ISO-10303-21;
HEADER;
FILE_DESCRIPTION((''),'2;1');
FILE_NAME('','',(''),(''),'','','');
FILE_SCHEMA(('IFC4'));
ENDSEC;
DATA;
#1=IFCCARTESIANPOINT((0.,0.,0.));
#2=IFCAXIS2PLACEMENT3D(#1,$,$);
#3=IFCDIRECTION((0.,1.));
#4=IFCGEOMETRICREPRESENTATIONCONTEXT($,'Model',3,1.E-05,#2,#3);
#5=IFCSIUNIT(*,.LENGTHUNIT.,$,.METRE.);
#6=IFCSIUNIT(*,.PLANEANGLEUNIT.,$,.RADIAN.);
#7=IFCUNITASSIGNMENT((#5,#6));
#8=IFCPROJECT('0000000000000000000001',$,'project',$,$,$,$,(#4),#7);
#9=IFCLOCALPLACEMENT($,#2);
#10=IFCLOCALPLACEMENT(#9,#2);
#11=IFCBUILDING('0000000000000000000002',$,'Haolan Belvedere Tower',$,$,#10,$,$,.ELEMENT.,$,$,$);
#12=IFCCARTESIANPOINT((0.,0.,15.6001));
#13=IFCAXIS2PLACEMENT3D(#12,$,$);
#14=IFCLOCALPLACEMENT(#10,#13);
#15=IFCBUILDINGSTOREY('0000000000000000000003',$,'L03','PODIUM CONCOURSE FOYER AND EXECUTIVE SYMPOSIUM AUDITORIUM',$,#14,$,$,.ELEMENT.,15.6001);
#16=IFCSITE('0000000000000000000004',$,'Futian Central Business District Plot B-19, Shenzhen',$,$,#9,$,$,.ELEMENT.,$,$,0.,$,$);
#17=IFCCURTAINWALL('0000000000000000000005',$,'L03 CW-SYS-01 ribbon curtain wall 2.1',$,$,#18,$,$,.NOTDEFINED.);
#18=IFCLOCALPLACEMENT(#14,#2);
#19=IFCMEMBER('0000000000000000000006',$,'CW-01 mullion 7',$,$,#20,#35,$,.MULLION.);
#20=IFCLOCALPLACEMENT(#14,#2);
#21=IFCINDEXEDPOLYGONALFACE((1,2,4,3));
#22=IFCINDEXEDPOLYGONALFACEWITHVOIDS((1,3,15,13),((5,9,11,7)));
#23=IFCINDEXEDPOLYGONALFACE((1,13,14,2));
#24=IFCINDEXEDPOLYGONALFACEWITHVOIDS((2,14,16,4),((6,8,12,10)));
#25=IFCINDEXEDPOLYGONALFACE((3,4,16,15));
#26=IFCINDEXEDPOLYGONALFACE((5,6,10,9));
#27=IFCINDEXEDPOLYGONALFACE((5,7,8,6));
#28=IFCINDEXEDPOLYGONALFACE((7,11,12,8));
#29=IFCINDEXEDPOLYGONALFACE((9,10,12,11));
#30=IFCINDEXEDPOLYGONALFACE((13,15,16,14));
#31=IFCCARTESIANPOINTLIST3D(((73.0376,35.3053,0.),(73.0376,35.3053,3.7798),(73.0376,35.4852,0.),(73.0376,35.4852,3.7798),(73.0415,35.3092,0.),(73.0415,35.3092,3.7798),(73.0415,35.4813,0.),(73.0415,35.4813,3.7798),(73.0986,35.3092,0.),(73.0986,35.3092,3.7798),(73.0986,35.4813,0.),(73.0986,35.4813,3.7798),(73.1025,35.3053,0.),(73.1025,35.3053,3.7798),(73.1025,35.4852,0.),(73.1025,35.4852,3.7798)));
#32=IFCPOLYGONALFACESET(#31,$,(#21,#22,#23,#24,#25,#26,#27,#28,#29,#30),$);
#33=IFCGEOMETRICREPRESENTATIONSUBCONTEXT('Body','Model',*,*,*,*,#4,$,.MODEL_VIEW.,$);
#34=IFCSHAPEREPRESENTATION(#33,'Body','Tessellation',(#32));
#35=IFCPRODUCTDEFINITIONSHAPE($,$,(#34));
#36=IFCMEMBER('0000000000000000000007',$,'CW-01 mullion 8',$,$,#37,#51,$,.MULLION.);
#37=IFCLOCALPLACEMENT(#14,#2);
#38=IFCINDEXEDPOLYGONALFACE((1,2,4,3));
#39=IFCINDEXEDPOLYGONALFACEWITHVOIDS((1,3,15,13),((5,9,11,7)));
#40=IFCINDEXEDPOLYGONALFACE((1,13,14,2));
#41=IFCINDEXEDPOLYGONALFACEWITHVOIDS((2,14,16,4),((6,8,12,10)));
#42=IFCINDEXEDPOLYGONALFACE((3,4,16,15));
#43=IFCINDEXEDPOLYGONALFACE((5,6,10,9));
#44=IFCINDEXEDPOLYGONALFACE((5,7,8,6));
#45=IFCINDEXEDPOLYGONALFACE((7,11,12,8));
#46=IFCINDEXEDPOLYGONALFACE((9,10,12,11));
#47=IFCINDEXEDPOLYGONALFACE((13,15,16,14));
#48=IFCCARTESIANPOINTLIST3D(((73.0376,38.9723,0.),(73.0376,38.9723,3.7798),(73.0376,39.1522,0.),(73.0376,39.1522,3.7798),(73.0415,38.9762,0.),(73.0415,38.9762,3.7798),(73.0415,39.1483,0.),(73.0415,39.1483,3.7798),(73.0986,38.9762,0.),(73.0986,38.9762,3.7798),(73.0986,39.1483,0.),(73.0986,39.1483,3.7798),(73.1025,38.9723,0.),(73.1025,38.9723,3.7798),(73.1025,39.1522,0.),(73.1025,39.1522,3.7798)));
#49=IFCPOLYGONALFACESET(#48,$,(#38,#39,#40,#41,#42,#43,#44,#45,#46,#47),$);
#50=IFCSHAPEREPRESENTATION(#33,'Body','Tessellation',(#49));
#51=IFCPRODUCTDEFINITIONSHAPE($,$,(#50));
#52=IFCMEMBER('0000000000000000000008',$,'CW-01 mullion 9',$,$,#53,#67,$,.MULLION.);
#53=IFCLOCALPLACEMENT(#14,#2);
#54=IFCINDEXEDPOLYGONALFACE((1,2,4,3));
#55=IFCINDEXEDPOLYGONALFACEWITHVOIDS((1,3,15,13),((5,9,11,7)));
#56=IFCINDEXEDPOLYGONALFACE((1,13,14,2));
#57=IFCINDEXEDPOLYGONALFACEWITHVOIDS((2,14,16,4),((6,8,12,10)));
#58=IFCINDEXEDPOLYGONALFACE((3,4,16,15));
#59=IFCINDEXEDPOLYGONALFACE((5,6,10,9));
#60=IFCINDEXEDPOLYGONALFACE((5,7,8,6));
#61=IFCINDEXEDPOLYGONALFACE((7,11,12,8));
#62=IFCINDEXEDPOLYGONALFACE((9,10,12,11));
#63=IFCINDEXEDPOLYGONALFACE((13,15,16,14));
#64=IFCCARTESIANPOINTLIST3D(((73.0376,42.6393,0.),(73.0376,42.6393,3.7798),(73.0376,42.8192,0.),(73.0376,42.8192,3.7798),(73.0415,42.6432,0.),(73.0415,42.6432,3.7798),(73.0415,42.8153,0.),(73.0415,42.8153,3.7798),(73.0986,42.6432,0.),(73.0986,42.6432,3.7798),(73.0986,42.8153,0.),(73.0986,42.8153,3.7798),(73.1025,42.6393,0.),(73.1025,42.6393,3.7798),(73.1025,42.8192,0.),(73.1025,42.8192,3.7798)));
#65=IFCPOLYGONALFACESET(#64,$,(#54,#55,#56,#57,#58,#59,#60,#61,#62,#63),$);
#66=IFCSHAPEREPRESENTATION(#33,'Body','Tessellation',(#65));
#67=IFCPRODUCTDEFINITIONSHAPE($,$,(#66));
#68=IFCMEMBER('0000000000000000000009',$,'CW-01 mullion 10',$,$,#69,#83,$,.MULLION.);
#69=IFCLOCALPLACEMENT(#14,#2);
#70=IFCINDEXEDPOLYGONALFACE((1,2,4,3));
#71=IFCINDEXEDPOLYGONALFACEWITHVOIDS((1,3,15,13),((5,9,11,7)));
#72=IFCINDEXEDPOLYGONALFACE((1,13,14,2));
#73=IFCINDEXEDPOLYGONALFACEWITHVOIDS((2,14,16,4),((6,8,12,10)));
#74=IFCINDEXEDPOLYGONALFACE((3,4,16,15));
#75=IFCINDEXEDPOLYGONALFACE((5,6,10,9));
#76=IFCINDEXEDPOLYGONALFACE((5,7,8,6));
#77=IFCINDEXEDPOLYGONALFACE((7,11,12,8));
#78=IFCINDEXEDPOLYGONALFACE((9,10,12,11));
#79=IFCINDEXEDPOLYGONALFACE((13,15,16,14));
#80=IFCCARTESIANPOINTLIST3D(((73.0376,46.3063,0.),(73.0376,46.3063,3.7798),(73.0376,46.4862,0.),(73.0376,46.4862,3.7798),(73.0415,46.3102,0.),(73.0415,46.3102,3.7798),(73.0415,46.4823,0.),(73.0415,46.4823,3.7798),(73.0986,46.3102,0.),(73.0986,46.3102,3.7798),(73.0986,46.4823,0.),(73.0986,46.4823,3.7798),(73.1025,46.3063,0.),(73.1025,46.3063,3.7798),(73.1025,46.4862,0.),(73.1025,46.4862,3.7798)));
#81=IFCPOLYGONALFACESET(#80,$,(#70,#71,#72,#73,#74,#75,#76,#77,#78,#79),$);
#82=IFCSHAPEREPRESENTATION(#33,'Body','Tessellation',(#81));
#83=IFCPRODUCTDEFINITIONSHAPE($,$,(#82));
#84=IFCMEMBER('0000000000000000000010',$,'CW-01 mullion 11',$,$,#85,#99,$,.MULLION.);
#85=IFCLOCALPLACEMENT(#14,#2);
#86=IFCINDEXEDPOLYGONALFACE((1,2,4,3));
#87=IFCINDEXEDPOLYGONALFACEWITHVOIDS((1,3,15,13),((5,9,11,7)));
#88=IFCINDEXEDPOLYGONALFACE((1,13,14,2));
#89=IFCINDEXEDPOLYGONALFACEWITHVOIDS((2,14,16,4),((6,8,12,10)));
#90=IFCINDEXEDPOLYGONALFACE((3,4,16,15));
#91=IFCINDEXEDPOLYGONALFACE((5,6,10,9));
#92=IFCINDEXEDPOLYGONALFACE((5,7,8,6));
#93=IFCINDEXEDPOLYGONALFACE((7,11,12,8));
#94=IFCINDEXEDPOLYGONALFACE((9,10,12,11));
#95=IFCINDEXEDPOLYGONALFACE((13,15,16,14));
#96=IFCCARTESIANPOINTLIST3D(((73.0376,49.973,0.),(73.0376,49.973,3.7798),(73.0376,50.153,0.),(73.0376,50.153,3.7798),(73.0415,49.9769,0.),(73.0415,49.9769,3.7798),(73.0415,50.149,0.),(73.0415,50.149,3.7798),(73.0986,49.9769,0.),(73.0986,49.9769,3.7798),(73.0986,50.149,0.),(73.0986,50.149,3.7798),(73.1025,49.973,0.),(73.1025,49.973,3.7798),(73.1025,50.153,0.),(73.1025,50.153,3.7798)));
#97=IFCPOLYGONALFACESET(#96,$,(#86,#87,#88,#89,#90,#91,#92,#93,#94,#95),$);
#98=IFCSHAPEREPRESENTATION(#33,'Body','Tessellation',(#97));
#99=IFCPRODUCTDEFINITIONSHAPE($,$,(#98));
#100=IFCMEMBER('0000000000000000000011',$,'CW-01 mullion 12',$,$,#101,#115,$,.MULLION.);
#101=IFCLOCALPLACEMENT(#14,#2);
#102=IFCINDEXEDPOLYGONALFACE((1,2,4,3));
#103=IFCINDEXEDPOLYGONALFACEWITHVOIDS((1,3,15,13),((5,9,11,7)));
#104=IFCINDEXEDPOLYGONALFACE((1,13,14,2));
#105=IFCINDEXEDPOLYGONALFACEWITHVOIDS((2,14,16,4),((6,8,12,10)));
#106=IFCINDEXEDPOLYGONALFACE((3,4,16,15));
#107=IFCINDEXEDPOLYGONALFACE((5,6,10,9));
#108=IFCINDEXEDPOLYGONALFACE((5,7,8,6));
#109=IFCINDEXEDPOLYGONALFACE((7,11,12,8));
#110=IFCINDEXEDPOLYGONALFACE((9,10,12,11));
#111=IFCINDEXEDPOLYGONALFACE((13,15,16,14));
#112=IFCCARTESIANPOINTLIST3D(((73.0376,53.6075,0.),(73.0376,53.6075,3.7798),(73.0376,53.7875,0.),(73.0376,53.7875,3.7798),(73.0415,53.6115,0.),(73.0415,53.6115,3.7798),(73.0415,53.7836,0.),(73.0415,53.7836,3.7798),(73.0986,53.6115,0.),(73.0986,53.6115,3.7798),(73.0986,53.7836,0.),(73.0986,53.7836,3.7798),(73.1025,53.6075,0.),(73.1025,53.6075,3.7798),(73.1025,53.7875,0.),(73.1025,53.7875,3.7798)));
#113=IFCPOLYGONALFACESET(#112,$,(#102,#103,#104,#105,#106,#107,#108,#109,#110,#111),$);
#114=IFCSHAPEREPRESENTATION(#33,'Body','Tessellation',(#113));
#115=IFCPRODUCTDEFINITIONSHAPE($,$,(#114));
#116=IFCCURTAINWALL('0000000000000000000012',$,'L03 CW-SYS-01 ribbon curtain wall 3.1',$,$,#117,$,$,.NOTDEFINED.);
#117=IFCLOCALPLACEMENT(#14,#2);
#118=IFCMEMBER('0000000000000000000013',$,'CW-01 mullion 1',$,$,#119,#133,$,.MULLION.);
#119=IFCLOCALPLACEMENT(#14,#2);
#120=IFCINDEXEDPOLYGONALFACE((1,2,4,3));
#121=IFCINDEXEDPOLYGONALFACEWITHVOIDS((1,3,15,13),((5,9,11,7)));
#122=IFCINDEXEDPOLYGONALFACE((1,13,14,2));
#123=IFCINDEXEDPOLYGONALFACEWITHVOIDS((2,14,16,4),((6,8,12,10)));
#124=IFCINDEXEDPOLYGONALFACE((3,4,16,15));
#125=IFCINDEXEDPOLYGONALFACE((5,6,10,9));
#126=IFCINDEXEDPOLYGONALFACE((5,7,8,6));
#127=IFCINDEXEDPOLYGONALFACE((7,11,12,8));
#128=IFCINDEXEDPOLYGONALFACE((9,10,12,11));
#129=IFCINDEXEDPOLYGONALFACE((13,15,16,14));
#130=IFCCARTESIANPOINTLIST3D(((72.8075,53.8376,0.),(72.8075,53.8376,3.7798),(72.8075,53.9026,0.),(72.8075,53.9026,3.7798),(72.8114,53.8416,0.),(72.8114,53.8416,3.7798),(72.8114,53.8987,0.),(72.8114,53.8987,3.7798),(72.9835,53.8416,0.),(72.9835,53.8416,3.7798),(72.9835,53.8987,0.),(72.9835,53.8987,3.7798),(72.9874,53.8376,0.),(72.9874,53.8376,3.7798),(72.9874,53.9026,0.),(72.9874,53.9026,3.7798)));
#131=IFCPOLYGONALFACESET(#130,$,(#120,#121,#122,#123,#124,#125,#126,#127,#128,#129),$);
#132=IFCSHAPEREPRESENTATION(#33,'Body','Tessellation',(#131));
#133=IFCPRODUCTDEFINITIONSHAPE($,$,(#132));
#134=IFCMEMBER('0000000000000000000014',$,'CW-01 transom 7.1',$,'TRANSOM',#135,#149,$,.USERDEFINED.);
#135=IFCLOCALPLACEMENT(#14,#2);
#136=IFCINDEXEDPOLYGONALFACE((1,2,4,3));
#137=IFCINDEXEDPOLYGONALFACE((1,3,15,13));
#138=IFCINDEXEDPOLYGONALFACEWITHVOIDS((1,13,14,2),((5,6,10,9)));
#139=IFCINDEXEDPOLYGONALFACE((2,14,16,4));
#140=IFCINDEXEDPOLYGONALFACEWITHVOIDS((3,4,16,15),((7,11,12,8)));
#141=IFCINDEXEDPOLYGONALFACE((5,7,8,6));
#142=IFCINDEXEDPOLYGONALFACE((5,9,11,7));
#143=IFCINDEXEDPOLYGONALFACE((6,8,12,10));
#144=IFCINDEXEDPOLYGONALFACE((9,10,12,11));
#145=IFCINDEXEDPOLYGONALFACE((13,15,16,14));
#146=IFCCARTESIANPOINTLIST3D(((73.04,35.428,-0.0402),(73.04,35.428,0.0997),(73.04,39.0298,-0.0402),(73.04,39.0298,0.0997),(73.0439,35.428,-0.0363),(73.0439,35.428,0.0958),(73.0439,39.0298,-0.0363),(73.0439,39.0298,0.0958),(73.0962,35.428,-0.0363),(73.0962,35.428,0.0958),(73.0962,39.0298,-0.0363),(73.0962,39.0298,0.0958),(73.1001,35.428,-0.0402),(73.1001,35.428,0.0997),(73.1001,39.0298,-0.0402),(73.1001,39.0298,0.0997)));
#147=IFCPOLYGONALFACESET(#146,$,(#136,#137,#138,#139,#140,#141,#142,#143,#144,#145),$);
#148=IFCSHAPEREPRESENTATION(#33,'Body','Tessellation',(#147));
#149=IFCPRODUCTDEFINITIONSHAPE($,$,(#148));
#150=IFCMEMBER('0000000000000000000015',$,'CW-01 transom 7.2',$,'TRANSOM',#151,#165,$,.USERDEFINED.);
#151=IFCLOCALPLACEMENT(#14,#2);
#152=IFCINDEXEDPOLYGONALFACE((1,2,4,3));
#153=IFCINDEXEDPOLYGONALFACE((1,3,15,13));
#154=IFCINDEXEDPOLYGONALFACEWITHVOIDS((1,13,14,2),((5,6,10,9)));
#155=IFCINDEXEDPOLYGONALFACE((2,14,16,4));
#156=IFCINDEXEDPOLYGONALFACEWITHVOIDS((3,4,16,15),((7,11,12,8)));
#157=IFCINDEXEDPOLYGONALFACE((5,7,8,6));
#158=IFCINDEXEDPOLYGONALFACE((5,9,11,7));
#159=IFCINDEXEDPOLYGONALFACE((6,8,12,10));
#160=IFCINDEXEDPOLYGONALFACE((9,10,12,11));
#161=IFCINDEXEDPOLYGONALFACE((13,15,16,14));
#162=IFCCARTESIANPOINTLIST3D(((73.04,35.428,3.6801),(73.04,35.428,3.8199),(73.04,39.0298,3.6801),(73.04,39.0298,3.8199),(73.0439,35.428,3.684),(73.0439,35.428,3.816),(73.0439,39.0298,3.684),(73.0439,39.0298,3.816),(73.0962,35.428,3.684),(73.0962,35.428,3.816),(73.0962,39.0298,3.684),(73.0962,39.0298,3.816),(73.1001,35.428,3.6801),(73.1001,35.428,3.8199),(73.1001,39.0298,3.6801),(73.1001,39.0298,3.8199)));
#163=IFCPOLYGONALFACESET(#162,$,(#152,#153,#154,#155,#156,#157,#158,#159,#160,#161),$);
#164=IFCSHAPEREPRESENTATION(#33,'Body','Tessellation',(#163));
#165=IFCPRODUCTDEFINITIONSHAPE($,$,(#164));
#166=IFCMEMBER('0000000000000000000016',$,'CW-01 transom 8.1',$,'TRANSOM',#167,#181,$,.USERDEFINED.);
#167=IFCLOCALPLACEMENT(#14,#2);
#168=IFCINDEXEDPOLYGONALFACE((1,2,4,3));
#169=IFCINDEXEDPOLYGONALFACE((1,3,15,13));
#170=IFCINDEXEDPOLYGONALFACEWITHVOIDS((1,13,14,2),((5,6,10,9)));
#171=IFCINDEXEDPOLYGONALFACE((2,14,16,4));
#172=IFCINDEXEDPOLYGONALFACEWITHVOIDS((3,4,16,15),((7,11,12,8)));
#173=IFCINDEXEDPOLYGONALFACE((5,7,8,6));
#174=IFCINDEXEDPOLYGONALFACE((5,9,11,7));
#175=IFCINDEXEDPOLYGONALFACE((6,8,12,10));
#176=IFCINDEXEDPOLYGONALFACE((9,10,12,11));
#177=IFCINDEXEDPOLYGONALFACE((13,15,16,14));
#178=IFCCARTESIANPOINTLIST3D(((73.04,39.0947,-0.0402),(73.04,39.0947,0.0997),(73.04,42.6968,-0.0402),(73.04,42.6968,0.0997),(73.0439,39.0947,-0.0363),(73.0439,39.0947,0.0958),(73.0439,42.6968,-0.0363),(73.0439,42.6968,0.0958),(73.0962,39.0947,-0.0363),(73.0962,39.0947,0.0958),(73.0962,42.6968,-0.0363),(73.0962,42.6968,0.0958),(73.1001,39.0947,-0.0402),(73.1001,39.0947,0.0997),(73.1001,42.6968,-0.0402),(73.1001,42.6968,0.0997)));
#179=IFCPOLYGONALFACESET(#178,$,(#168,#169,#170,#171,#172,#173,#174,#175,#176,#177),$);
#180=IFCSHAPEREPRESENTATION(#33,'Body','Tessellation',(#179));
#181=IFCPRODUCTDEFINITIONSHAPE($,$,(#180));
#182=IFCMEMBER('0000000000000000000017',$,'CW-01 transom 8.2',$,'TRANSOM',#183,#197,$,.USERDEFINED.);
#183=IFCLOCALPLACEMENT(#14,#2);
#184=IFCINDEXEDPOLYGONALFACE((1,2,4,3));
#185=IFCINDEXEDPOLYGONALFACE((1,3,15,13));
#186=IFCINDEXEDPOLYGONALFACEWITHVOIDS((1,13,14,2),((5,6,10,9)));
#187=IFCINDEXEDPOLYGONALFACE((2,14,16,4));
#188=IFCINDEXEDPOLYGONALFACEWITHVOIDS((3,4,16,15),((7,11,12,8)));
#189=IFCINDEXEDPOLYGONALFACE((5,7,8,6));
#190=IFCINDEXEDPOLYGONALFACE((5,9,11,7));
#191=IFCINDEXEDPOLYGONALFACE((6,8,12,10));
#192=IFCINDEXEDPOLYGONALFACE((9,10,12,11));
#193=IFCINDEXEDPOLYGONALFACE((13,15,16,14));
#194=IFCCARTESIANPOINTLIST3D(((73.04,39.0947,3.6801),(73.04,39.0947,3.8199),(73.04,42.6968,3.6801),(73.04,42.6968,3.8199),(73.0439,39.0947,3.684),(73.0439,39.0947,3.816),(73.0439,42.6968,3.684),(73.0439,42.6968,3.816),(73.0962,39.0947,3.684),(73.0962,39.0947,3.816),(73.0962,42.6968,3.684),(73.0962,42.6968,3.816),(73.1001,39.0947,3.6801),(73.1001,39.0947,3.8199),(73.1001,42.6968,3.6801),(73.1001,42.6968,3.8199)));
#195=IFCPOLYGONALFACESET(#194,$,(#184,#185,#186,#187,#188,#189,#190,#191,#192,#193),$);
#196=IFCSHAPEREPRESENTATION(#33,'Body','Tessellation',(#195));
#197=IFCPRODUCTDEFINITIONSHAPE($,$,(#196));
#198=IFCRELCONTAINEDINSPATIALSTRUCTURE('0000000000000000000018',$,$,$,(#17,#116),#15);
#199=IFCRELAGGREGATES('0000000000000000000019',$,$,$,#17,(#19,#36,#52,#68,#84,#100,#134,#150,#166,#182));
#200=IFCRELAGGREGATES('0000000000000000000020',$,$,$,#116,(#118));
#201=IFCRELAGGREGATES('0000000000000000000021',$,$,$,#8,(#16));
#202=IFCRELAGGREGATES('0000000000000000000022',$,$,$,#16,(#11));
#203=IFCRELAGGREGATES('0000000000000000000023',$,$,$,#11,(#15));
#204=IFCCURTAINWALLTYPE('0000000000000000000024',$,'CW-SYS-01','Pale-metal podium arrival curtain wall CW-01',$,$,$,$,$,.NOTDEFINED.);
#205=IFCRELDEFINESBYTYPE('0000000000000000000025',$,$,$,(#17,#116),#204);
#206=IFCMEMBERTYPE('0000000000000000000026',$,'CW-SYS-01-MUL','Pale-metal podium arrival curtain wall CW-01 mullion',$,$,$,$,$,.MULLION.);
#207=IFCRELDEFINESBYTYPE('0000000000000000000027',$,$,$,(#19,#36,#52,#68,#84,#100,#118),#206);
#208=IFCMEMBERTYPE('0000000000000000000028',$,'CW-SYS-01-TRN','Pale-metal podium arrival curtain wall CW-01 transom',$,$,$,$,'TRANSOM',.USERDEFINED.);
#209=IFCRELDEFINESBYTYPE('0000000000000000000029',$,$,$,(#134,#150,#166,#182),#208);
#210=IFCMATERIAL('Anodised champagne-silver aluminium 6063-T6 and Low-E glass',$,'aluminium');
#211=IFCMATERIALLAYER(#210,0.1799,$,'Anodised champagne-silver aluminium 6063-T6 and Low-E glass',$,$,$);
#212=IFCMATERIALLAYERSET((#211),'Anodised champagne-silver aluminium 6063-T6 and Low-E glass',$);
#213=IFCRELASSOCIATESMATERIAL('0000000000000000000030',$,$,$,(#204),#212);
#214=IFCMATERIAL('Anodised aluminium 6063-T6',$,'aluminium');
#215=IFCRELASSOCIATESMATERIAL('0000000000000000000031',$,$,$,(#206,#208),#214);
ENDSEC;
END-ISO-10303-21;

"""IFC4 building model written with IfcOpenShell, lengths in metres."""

from ifc_helpers import new_model, si_unit, direction, frame, origin, origin_2d, place, context, subcontext, project, spatial, hollow_rectangle, extrude, material, layer, layer_set, material_profile, profile_set, type_object, element, aggregate, save


model = new_model("IFC4")

# Units and contexts
model_context = context("Model", 3, precision=1e-05, world=origin(), true_north=direction((0.0, 1.0)))
body_context = subcontext(model_context, "Body", "Model", "MODEL_VIEW")
ifc_project = project(units=[si_unit("LENGTHUNIT", "METRE"), si_unit("PLANEANGLEUNIT", "RADIAN")], contexts=[model_context])

# Site, building, storey
site_placement = place(None, origin())
site = spatial("IfcSite", under=ifc_project, at=site_placement, Name="Futian Central Business District Plot B-19, Shenzhen", CompositionType="ELEMENT", RefElevation=0.0)
building_placement = place(site_placement, origin())
building = spatial("IfcBuilding", under=site, at=building_placement, Name="Haolan Belvedere Tower", CompositionType="ELEMENT")
storey_placement = place(building_placement, frame((0.0, 0.0, 15.6001)))
storey = spatial("IfcBuildingStorey", under=building, at=storey_placement, Name="L03", Description="PODIUM CONCOURSE FOYER AND EXECUTIVE SYMPOSIUM AUDITORIUM", CompositionType="ELEMENT", Elevation=15.6001)

# Curtain wall, members
ifc_material_1 = material(Name="Anodised champagne-silver aluminium 6063-T6 and Low-E glass", Category="aluminium")
ifc_layer_1 = layer(ifc_material_1, 0.1799, Name="Anodised champagne-silver aluminium 6063-T6 and Low-E glass")
ifc_layer_set_1 = layer_set([ifc_layer_1], Name="Anodised champagne-silver aluminium 6063-T6 and Low-E glass")
curtain_wall_type = type_object("IfcCurtainWallType", Name="CW-SYS-01", Description="Pale-metal podium arrival curtain wall CW-01", PredefinedType="NOTDEFINED", material=ifc_layer_set_1)
curtain_wall_1_placement = place(storey_placement, origin())
curtain_wall_1 = element("IfcCurtainWall", 1, at=curtain_wall_1_placement, inside=storey, type_object=curtain_wall_type, Name="L03 CW-SYS-01 ribbon curtain wall 2.1", PredefinedType="NOTDEFINED")
ifc_material_2 = material(Name="Anodised aluminium 6063-T6", Category="aluminium")
ifc_material_profile_1 = material_profile(ifc_material_2, hollow_rectangle(XDim=0.0649, YDim=0.1799, WallThickness=0.0039, at=origin_2d()), Name="Anodised aluminium 6063-T6")
ifc_profile_set_1 = profile_set([ifc_material_profile_1], Name="Anodised aluminium 6063-T6")
member_type_1 = type_object("IfcMemberType", Name="CW-SYS-01-MUL", Description="Pale-metal podium arrival curtain wall CW-01 mullion", PredefinedType="MULLION", material=ifc_profile_set_1)
member_1_placement = place(storey_placement, frame((73.0701, 35.3953, 0.0), z_axis=(0.0, 0.0, 1.0), x_axis=(-1.0, 0.0, 0.0)))
member_1 = element("IfcMember", 2, at=member_1_placement, type_object=member_type_1, Name="CW-01 mullion 7", PredefinedType="MULLION", context=body_context, shape_type="SweptSolid", body=[
    extrude(hollow_rectangle(XDim=0.0649, YDim=0.1799, WallThickness=0.0039, at=origin_2d()), origin(), (0.0, 0.0, 1.0), 3.7798),
])
member_2_placement = place(storey_placement, frame((73.0701, 39.0623, 0.0), z_axis=(0.0, 0.0, 1.0), x_axis=(-1.0, 0.0, 0.0)))
member_2 = element("IfcMember", 3, at=member_2_placement, type_object=member_type_1, Name="CW-01 mullion 8", PredefinedType="MULLION", context=body_context, shape_type="SweptSolid", body=[
    extrude(hollow_rectangle(XDim=0.0649, YDim=0.1799, WallThickness=0.0039, at=origin_2d()), origin(), (0.0, 0.0, 1.0), 3.7798),
])
member_3_placement = place(storey_placement, frame((73.0701, 42.7292, 0.0), z_axis=(0.0, 0.0, 1.0), x_axis=(-1.0, 0.0, 0.0)))
member_3 = element("IfcMember", 4, at=member_3_placement, type_object=member_type_1, Name="CW-01 mullion 9", PredefinedType="MULLION", context=body_context, shape_type="SweptSolid", body=[
    extrude(hollow_rectangle(XDim=0.0649, YDim=0.1799, WallThickness=0.0039, at=origin_2d()), origin(), (0.0, 0.0, 1.0), 3.7798),
])
member_4_placement = place(storey_placement, frame((73.0701, 46.3962, 0.0), z_axis=(0.0, 0.0, 1.0), x_axis=(-1.0, 0.0, 0.0)))
member_4 = element("IfcMember", 5, at=member_4_placement, type_object=member_type_1, Name="CW-01 mullion 10", PredefinedType="MULLION", context=body_context, shape_type="SweptSolid", body=[
    extrude(hollow_rectangle(XDim=0.0649, YDim=0.1799, WallThickness=0.0039, at=origin_2d()), origin(), (0.0, 0.0, 1.0), 3.7798),
])
member_5_placement = place(storey_placement, frame((73.0701, 50.063, 0.0), z_axis=(0.0, 0.0, 1.0), x_axis=(-1.0, 0.0, 0.0)))
member_5 = element("IfcMember", 6, at=member_5_placement, type_object=member_type_1, Name="CW-01 mullion 11", PredefinedType="MULLION", context=body_context, shape_type="SweptSolid", body=[
    extrude(hollow_rectangle(XDim=0.0649, YDim=0.1799, WallThickness=0.0039, at=origin_2d()), origin(), (0.0, 0.0, 1.0), 3.7798),
])
member_6_placement = place(storey_placement, frame((73.0701, 53.6975, 0.0), z_axis=(0.0, 0.0, 1.0), x_axis=(-1.0, 0.0, 0.0)))
member_6 = element("IfcMember", 7, at=member_6_placement, type_object=member_type_1, Name="CW-01 mullion 12", PredefinedType="MULLION", context=body_context, shape_type="SweptSolid", body=[
    extrude(hollow_rectangle(XDim=0.0649, YDim=0.1799, WallThickness=0.0039, at=origin_2d()), origin(), (0.0, 0.0, 1.0), 3.7798),
])

# Curtain wall, member
curtain_wall_2_placement = place(storey_placement, origin())
curtain_wall_2 = element("IfcCurtainWall", 8, at=curtain_wall_2_placement, inside=storey, type_object=curtain_wall_type, Name="L03 CW-SYS-01 ribbon curtain wall 3.1", PredefinedType="NOTDEFINED")
member_7_placement = place(storey_placement, frame((72.8975, 53.8701, 0.0), z_axis=(0.0, 0.0, 1.0), x_axis=(0.0, -1.0, 0.0)))
member_7 = element("IfcMember", 9, at=member_7_placement, type_object=member_type_1, Name="CW-01 mullion 1", PredefinedType="MULLION", context=body_context, shape_type="SweptSolid", body=[
    extrude(hollow_rectangle(XDim=0.0649, YDim=0.1799, WallThickness=0.0039, at=origin_2d()), origin(), (0.0, 0.0, 1.0), 3.7798),
])

# Members
ifc_material_profile_2 = material_profile(ifc_material_2, hollow_rectangle(XDim=0.0601, YDim=0.1399, WallThickness=0.0039, at=origin_2d()), Name="Anodised aluminium 6063-T6")
ifc_profile_set_2 = profile_set([ifc_material_profile_2], Name="Anodised aluminium 6063-T6")
member_type_2 = type_object("IfcMemberType", Name="CW-SYS-01-TRN", Description="Pale-metal podium arrival curtain wall CW-01 transom", ElementType="TRANSOM", PredefinedType="USERDEFINED", material=ifc_profile_set_2)
member_8_placement = place(storey_placement, frame((73.0701, 35.428, 0.0298), z_axis=(0.0, 1.0, 0.0), x_axis=(-1.0, 0.0, 0.0)))
member_8 = element("IfcMember", 10, at=member_8_placement, type_object=member_type_2, Name="CW-01 transom 7.1", ObjectType="TRANSOM", PredefinedType="USERDEFINED", context=body_context, shape_type="SweptSolid", body=[
    extrude(hollow_rectangle(XDim=0.0601, YDim=0.1399, WallThickness=0.0039, at=origin_2d()), origin(), (0.0, 0.0, 1.0), 3.6018),
])
member_9_placement = place(storey_placement, frame((73.0701, 35.428, 3.75), z_axis=(0.0, 1.0, 0.0), x_axis=(-1.0, 0.0, 0.0)))
member_9 = element("IfcMember", 11, at=member_9_placement, type_object=member_type_2, Name="CW-01 transom 7.2", ObjectType="TRANSOM", PredefinedType="USERDEFINED", context=body_context, shape_type="SweptSolid", body=[
    extrude(hollow_rectangle(XDim=0.0601, YDim=0.1399, WallThickness=0.0039, at=origin_2d()), origin(), (0.0, 0.0, 1.0), 3.6018),
])
member_10_placement = place(storey_placement, frame((73.0701, 39.0947, 0.0298), z_axis=(0.0, 1.0, 0.0), x_axis=(-1.0, 0.0, 0.0)))
member_10 = element("IfcMember", 12, at=member_10_placement, type_object=member_type_2, Name="CW-01 transom 8.1", ObjectType="TRANSOM", PredefinedType="USERDEFINED", context=body_context, shape_type="SweptSolid", body=[
    extrude(hollow_rectangle(XDim=0.0601, YDim=0.1399, WallThickness=0.0039, at=origin_2d()), origin(), (0.0, 0.0, 1.0), 3.6021),
])
member_11_placement = place(storey_placement, frame((73.0701, 39.0947, 3.75), z_axis=(0.0, 1.0, 0.0), x_axis=(-1.0, 0.0, 0.0)))
member_11 = element("IfcMember", 13, at=member_11_placement, type_object=member_type_2, Name="CW-01 transom 8.2", ObjectType="TRANSOM", PredefinedType="USERDEFINED", context=body_context, shape_type="SweptSolid", body=[
    extrude(hollow_rectangle(XDim=0.0601, YDim=0.1399, WallThickness=0.0039, at=origin_2d()), origin(), (0.0, 0.0, 1.0), 3.6021),
])

aggregate(curtain_wall_1, [member_1, member_2, member_3, member_4, member_5, member_6, member_8, member_9, member_10, member_11])
aggregate(curtain_wall_2, [member_7])

save(model, "model.ifc")
